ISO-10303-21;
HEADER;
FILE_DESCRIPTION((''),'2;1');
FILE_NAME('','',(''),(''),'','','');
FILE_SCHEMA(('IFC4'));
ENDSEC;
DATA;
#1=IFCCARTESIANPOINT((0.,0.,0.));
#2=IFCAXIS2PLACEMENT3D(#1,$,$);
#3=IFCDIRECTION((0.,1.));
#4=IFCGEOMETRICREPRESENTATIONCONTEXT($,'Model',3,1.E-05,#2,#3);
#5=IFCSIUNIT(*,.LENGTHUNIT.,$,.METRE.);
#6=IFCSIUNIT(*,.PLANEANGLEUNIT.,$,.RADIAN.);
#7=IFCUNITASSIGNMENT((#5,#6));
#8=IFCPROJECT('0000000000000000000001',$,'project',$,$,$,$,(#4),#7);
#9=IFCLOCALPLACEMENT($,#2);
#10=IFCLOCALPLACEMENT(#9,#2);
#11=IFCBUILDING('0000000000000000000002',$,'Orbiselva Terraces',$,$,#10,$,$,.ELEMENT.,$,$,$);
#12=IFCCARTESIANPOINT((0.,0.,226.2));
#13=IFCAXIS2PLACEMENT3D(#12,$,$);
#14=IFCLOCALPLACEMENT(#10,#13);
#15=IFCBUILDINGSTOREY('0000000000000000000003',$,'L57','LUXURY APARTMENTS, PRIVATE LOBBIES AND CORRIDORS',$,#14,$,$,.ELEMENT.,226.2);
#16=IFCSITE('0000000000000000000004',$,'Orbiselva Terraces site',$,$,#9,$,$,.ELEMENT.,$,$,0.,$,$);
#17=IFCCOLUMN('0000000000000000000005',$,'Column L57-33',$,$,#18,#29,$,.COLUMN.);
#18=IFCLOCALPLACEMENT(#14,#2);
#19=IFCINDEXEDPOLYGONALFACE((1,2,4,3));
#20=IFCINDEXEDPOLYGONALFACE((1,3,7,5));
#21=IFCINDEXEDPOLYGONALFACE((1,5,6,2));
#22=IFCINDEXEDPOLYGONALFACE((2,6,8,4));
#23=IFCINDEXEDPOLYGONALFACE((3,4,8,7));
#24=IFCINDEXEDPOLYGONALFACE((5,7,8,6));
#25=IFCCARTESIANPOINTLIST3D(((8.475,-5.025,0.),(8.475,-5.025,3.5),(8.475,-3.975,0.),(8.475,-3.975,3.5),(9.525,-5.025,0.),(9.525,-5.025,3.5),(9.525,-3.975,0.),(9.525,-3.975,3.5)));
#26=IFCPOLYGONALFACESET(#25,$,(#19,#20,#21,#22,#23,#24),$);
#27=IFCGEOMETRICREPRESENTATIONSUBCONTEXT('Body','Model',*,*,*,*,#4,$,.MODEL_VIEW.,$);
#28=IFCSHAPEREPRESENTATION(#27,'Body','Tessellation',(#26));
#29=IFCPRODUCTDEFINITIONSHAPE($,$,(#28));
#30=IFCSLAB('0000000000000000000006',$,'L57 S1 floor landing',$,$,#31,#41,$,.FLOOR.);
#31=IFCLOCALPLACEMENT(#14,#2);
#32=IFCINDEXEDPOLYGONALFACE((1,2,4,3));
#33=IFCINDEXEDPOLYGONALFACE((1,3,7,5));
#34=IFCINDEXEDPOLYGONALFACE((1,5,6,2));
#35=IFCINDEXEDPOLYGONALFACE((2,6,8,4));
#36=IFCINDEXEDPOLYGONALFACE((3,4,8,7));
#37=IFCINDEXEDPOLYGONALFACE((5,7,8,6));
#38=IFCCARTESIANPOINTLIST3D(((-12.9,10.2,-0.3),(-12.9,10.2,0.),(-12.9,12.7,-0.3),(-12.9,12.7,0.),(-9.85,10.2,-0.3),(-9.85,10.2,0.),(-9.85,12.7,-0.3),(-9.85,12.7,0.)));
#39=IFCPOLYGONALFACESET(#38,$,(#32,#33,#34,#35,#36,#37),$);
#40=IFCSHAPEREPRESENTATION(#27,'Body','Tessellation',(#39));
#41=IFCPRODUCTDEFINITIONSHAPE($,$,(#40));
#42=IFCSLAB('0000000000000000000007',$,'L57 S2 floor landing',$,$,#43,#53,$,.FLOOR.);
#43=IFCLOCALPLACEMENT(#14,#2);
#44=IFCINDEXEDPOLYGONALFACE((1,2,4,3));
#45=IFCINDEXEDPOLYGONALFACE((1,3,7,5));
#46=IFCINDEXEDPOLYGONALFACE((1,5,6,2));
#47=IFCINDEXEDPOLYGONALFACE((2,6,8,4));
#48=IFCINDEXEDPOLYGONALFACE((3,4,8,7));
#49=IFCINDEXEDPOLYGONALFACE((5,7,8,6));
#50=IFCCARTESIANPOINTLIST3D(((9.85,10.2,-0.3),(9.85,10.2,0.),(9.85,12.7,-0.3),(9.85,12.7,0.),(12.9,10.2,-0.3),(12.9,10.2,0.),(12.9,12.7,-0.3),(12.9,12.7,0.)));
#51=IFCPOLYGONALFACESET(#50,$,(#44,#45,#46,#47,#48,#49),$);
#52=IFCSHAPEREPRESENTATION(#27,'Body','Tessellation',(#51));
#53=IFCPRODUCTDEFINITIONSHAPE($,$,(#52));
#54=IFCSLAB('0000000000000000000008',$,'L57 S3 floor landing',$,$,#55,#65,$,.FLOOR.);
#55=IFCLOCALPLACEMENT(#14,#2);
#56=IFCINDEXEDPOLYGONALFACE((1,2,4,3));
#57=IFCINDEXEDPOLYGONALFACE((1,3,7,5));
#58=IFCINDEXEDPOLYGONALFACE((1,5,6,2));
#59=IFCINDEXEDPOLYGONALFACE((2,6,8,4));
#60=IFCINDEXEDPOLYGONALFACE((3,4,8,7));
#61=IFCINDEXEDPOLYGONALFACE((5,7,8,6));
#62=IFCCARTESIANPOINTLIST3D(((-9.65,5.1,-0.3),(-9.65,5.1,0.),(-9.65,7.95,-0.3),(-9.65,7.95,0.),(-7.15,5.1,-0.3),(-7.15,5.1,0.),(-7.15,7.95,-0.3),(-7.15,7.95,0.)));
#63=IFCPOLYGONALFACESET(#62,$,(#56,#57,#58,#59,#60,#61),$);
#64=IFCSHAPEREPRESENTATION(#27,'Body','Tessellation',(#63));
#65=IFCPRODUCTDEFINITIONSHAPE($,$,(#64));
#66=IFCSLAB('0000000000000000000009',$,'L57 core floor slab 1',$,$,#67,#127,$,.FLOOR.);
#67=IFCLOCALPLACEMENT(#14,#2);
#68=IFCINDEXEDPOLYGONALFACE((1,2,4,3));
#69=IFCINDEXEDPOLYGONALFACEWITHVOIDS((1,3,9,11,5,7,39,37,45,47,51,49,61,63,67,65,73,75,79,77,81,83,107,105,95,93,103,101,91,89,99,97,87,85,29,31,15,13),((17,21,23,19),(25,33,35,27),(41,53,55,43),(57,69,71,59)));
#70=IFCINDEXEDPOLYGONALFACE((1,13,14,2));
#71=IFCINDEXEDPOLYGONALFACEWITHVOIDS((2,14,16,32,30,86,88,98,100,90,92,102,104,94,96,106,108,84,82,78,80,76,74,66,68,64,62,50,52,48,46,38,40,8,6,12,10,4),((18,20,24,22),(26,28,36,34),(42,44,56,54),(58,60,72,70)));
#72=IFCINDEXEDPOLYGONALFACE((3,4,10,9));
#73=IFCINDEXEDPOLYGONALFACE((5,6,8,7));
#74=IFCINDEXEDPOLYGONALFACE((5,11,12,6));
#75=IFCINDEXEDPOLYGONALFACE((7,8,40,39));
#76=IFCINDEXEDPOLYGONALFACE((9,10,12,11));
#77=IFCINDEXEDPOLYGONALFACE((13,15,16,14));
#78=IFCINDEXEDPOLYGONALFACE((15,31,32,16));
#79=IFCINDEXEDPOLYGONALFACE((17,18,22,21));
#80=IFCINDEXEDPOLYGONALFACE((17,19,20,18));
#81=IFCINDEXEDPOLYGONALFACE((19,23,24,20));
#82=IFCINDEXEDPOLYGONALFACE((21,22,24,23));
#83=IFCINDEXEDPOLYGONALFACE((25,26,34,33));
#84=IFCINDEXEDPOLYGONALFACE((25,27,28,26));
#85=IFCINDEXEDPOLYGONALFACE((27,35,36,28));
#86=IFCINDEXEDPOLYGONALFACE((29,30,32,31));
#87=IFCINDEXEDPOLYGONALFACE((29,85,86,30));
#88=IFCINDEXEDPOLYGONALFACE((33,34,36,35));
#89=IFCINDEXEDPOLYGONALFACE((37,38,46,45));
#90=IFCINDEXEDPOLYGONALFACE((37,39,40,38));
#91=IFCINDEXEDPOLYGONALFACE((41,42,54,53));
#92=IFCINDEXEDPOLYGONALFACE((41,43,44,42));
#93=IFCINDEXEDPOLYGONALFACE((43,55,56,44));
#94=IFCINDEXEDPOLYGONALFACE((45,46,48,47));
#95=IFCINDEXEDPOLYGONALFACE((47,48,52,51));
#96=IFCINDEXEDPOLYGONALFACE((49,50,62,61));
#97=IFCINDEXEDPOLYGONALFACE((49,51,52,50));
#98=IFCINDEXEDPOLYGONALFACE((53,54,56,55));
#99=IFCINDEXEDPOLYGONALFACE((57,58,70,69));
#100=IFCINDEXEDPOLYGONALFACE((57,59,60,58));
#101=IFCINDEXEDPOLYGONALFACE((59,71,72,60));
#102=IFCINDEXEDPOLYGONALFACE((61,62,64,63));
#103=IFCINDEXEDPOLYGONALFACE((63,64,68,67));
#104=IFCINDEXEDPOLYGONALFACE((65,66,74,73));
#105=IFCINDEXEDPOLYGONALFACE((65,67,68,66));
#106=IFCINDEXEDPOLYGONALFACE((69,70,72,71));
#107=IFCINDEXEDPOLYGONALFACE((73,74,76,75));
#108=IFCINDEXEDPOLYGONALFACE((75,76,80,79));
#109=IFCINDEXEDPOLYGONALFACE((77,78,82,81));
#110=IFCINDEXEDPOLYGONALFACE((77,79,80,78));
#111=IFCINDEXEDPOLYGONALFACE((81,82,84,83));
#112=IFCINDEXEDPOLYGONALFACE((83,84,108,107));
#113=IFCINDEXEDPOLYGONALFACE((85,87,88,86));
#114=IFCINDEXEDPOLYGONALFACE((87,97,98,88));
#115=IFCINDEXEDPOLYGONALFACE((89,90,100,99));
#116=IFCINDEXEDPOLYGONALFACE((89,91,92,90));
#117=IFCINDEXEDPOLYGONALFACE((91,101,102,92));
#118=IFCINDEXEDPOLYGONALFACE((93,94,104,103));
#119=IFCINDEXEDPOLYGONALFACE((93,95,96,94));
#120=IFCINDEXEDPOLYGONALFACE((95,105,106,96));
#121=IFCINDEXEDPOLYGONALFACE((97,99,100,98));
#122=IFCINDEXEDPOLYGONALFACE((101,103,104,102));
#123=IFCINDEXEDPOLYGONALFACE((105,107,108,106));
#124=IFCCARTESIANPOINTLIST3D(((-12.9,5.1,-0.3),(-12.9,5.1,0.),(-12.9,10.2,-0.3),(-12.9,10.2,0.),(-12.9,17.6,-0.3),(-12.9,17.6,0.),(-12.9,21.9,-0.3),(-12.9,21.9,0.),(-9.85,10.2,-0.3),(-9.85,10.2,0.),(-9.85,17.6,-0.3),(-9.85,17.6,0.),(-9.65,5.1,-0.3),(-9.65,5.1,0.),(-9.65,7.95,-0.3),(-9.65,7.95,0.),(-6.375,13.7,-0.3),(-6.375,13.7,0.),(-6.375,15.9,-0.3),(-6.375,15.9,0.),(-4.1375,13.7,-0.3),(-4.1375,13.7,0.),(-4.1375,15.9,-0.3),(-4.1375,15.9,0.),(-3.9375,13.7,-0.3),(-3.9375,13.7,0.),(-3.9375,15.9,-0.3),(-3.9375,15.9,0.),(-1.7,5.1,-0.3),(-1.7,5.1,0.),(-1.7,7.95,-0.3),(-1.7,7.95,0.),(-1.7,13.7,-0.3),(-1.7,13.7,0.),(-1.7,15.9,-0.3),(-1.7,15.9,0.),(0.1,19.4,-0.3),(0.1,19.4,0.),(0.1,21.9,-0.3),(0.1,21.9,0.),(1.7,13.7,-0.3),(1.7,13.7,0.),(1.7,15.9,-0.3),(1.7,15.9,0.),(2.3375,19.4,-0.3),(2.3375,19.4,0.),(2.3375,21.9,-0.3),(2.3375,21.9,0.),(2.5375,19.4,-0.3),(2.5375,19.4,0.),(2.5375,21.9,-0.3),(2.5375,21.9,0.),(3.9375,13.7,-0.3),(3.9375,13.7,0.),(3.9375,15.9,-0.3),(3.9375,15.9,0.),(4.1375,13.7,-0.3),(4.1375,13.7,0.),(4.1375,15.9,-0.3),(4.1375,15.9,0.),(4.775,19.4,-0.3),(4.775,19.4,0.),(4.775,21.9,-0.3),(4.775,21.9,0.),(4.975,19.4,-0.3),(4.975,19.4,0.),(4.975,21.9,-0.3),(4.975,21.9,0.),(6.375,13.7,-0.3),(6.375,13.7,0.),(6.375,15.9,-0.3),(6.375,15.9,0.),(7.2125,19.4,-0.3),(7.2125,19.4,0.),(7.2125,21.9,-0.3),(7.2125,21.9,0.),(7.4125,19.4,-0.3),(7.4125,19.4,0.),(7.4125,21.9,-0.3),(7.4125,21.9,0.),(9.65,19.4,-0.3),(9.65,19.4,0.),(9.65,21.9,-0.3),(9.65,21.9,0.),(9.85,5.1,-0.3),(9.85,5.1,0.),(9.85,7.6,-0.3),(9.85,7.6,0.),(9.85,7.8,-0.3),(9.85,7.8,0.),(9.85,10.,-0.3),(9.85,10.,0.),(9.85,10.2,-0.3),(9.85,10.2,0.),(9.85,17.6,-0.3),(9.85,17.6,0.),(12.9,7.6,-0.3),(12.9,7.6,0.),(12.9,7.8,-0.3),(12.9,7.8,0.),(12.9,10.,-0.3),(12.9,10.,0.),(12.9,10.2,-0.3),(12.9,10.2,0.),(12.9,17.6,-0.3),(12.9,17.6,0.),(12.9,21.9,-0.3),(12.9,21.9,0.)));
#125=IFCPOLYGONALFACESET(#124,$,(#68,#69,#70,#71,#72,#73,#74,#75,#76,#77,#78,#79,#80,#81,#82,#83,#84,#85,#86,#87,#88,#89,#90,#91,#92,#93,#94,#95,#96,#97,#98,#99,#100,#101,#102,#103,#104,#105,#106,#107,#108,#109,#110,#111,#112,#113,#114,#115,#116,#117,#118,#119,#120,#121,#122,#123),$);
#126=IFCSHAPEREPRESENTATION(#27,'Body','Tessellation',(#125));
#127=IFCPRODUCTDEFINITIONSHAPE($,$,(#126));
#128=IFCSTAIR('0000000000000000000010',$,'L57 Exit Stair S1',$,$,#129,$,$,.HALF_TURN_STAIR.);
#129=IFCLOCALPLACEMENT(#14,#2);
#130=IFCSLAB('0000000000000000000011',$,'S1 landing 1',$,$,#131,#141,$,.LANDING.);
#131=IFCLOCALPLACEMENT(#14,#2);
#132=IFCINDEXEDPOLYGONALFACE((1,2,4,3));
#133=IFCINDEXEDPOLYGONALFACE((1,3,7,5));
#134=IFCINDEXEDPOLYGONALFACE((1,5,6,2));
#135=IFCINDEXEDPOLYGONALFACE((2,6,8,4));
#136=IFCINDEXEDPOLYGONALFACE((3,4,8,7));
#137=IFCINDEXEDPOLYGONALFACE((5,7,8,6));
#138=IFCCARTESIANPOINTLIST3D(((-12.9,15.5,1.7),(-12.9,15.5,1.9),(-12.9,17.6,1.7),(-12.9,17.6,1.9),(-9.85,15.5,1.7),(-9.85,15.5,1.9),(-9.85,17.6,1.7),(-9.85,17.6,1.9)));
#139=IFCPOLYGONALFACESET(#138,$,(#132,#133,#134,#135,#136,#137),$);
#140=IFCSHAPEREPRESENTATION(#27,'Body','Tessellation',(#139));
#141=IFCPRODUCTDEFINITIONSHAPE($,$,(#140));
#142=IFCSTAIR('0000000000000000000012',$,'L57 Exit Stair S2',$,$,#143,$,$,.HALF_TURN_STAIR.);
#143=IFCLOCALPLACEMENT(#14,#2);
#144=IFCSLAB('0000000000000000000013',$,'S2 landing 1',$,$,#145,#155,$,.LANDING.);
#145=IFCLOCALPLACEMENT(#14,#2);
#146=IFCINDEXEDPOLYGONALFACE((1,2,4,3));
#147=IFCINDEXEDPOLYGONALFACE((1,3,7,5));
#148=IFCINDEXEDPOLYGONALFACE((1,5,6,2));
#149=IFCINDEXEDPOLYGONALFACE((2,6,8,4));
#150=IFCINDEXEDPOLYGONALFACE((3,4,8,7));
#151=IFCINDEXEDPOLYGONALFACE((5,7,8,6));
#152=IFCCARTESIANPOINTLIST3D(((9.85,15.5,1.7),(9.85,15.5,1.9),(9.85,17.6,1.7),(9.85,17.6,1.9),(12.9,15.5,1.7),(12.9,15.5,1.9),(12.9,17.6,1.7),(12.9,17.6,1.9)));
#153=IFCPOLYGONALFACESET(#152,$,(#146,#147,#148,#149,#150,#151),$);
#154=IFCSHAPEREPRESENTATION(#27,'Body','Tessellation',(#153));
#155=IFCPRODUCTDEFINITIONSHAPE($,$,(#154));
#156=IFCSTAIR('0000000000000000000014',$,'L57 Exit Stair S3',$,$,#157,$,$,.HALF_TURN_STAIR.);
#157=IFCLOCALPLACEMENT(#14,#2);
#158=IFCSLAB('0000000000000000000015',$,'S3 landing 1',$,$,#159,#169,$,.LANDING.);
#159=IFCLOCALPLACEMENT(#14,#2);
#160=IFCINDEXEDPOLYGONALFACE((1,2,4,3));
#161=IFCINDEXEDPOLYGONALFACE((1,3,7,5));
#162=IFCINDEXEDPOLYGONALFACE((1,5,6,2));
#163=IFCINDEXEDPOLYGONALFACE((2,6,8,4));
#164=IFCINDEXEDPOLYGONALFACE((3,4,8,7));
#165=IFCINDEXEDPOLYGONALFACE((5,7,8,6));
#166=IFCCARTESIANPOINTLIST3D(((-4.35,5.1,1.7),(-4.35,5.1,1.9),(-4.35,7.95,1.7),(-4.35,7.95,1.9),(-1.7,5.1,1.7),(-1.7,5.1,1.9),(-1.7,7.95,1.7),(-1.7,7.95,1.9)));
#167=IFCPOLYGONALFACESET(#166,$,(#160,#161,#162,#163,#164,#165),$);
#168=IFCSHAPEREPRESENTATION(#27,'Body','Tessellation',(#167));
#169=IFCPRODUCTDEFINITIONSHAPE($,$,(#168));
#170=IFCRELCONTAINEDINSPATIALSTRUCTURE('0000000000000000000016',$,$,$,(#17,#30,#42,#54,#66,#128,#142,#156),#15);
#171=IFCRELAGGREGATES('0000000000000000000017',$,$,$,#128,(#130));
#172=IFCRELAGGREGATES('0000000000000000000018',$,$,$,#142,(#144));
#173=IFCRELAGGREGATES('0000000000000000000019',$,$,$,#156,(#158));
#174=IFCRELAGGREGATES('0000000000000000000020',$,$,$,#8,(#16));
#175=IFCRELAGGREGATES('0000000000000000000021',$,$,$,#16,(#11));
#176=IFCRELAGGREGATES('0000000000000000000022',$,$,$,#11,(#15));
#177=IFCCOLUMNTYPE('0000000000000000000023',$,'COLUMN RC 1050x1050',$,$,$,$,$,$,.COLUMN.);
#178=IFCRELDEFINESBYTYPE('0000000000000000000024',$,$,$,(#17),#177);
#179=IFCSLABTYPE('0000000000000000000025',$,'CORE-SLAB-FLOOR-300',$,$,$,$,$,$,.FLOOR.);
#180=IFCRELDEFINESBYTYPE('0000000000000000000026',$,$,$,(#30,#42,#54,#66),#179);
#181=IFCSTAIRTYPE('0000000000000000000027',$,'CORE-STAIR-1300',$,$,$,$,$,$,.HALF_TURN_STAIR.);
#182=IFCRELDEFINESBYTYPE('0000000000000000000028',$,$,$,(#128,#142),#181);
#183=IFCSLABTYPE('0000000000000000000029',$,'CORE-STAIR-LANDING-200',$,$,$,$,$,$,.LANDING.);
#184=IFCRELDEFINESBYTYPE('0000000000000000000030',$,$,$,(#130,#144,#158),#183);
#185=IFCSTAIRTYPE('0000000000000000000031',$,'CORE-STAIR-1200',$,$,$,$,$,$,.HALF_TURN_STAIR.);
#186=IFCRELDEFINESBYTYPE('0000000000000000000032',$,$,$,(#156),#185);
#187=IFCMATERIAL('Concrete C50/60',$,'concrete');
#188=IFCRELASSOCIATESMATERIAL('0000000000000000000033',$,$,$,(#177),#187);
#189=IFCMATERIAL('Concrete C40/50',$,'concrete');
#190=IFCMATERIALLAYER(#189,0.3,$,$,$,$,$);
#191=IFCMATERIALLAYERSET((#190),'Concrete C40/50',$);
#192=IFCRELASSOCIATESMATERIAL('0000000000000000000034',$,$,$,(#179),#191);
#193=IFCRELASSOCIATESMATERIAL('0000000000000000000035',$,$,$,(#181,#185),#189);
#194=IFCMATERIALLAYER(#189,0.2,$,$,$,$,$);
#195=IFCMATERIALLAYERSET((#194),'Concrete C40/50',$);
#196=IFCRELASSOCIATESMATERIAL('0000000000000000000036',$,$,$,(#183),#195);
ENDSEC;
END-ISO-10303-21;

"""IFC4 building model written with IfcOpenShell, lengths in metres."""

from ifc_helpers import new_model, si_unit, direction, frame, origin, origin_2d, place, context, subcontext, project, spatial, polyline, rectangle, outline, extrude, material, layer, layer_set, material_profile, profile_set, type_object, element, aggregate, save


model = new_model("IFC4")

# Units and contexts
model_context = context("Model", 3, precision=1e-05, world=origin(), true_north=direction((0.0, 1.0)))
body_context = subcontext(model_context, "Body", "Model", "MODEL_VIEW")
ifc_project = project(units=[si_unit("LENGTHUNIT", "METRE"), si_unit("PLANEANGLEUNIT", "RADIAN")], contexts=[model_context])

# Site, building, storey
site_placement = place(None, origin())
site = spatial("IfcSite", under=ifc_project, at=site_placement, Name="Orbiselva Terraces site", CompositionType="ELEMENT", RefElevation=0.0)
building_placement = place(site_placement, origin())
building = spatial("IfcBuilding", under=site, at=building_placement, Name="Orbiselva Terraces", CompositionType="ELEMENT")
storey_placement = place(building_placement, frame((0.0, 0.0, 226.2)))
storey = spatial("IfcBuildingStorey", under=building, at=storey_placement, Name="L57", Description="LUXURY APARTMENTS, PRIVATE LOBBIES AND CORRIDORS", CompositionType="ELEMENT", Elevation=226.2)

# Column
ifc_material_1 = material(Name="Concrete C50/60", Category="concrete")
ifc_material_profile = material_profile(ifc_material_1, rectangle(XDim=1.05, YDim=1.05, at=origin_2d()), Name="RC 1050x1050")
ifc_profile_set = profile_set([ifc_material_profile], Name="Concrete C50/60")
column_type = type_object("IfcColumnType", Name="COLUMN RC 1050x1050", PredefinedType="COLUMN", material=ifc_profile_set)
column_placement = place(storey_placement, frame((9.0, -4.5, 0.0), z_axis=(0.0, 0.0, 1.0), x_axis=(1.0, 0.0, 0.0)))
element("IfcColumn", 1, at=column_placement, inside=storey, type_object=column_type, Name="Column L57-33", PredefinedType="COLUMN", context=body_context, shape_type="SweptSolid", body=[
    extrude(rectangle(XDim=1.05, YDim=1.05, at=origin_2d()), origin(), (0.0, 0.0, 1.0), 3.5),
])

# Slabs
ifc_material_2 = material(Name="Concrete C40/50", Category="concrete")
ifc_layer_1 = layer(ifc_material_2, 0.3)
ifc_layer_set_1 = layer_set([ifc_layer_1], Name="Concrete C40/50")
slab_type_1 = type_object("IfcSlabType", Name="CORE-SLAB-FLOOR-300", PredefinedType="FLOOR", material=ifc_layer_set_1)
slab_1_placement = place(storey_placement, frame((0.0, 0.0, -0.3)))
element("IfcSlab", 2, at=slab_1_placement, inside=storey, type_object=slab_type_1, Name="L57 S1 floor landing", PredefinedType="FLOOR", context=body_context, shape_type="SweptSolid", body=[
    extrude(outline(polyline([(-12.9, 12.7), (-9.85, 12.7), (-9.85, 10.2), (-12.9, 10.2), (-12.9, 12.7)])), origin(), (0.0, 0.0, 1.0), 0.3),
])
slab_2_placement = place(storey_placement, frame((0.0, 0.0, -0.3)))
element("IfcSlab", 3, at=slab_2_placement, inside=storey, type_object=slab_type_1, Name="L57 S2 floor landing", PredefinedType="FLOOR", context=body_context, shape_type="SweptSolid", body=[
    extrude(outline(polyline([(12.9, 12.7), (12.9, 10.2), (9.85, 10.2), (9.85, 12.7), (12.9, 12.7)])), origin(), (0.0, 0.0, 1.0), 0.3),
])
slab_3_placement = place(storey_placement, frame((0.0, 0.0, -0.3)))
element("IfcSlab", 4, at=slab_3_placement, inside=storey, type_object=slab_type_1, Name="L57 S3 floor landing", PredefinedType="FLOOR", context=body_context, shape_type="SweptSolid", body=[
    extrude(outline(polyline([(-7.15, 5.1), (-9.65, 5.1), (-9.65, 7.95), (-7.15, 7.95), (-7.15, 5.1)])), origin(), (0.0, 0.0, 1.0), 0.3),
])
slab_4_placement = place(storey_placement, frame((0.0, 0.0, -0.3)))
element("IfcSlab", 5, at=slab_4_placement, inside=storey, type_object=slab_type_1, Name="L57 core floor slab 1", PredefinedType="FLOOR", context=body_context, shape_type="SweptSolid", body=[
    extrude(outline(polyline([(-1.7, 5.1), (-1.7, 7.95), (-9.65, 7.95), (-9.65, 5.1), (-12.9, 5.1), (-12.9, 10.2), (-9.85, 10.2), (-9.85, 17.6), (-12.9, 17.6), (-12.9, 21.9), (0.1, 21.9), (0.1, 19.4), (2.3375, 19.4), (2.3375, 21.9), (2.5375, 21.9), (2.5375, 19.4), (4.775, 19.4), (4.775, 21.9), (4.975, 21.9), (4.975, 19.4), (7.2125, 19.4), (7.2125, 21.9), (7.4125, 21.9), (7.4125, 19.4), (9.65, 19.4), (9.65, 21.9), (12.9, 21.9), (12.9, 17.6), (9.85, 17.6), (9.85, 10.2), (12.9, 10.2), (12.9, 10.0), (9.85, 10.0), (9.85, 7.8), (12.9, 7.8), (12.9, 7.6), (9.85, 7.6), (9.85, 5.1), (-1.7, 5.1)]), holes=[polyline([(-4.1375, 13.7), (-4.1375, 15.9), (-6.375, 15.9), (-6.375, 13.7), (-4.1375, 13.7)]), polyline([(-1.7, 13.7), (-1.7, 15.9), (-3.9375, 15.9), (-3.9375, 13.7), (-1.7, 13.7)]), polyline([(3.9375, 15.9), (1.7, 15.9), (1.7, 13.7), (3.9375, 13.7), (3.9375, 15.9)]), polyline([(6.375, 13.7), (6.375, 15.9), (4.1375, 15.9), (4.1375, 13.7), (6.375, 13.7)])]), origin(), (0.0, 0.0, 1.0), 0.3),
])

# Stairs, slabs
stair_type_1 = type_object("IfcStairType", Name="CORE-STAIR-1300", PredefinedType="HALF_TURN_STAIR", material=ifc_material_2)
stair_1_placement = place(storey_placement, origin())
stair_1 = element("IfcStair", 6, at=stair_1_placement, inside=storey, type_object=stair_type_1, Name="L57 Exit Stair S1", PredefinedType="HALF_TURN_STAIR")
ifc_layer_2 = layer(ifc_material_2, 0.2)
ifc_layer_set_2 = layer_set([ifc_layer_2], Name="Concrete C40/50")
slab_type_2 = type_object("IfcSlabType", Name="CORE-STAIR-LANDING-200", PredefinedType="LANDING", material=ifc_layer_set_2)
slab_5_placement = place(storey_placement, frame((0.0, 0.0, 1.7)))
slab_5 = element("IfcSlab", 7, at=slab_5_placement, type_object=slab_type_2, Name="S1 landing 1", PredefinedType="LANDING", context=body_context, shape_type="SweptSolid", body=[
    extrude(outline(polyline([(-9.85, 15.5), (-9.85, 17.6), (-12.9, 17.6), (-12.9, 15.5), (-9.85, 15.5)])), origin(), (0.0, 0.0, 1.0), 0.2),
])
aggregate(stair_1, [slab_5])
stair_2_placement = place(storey_placement, origin())
stair_2 = element("IfcStair", 8, at=stair_2_placement, inside=storey, type_object=stair_type_1, Name="L57 Exit Stair S2", PredefinedType="HALF_TURN_STAIR")
slab_6_placement = place(storey_placement, frame((0.0, 0.0, 1.7)))
slab_6 = element("IfcSlab", 9, at=slab_6_placement, type_object=slab_type_2, Name="S2 landing 1", PredefinedType="LANDING", context=body_context, shape_type="SweptSolid", body=[
    extrude(outline(polyline([(12.9, 15.5), (12.9, 17.6), (9.85, 17.6), (9.85, 15.5), (12.9, 15.5)])), origin(), (0.0, 0.0, 1.0), 0.2),
])
aggregate(stair_2, [slab_6])
stair_type_2 = type_object("IfcStairType", Name="CORE-STAIR-1200", PredefinedType="HALF_TURN_STAIR", material=ifc_material_2)
stair_3_placement = place(storey_placement, origin())
stair_3 = element("IfcStair", 10, at=stair_3_placement, inside=storey, type_object=stair_type_2, Name="L57 Exit Stair S3", PredefinedType="HALF_TURN_STAIR")
slab_7_placement = place(storey_placement, frame((0.0, 0.0, 1.7)))
slab_7 = element("IfcSlab", 11, at=slab_7_placement, type_object=slab_type_2, Name="S3 landing 1", PredefinedType="LANDING", context=body_context, shape_type="SweptSolid", body=[
    extrude(outline(polyline([(-4.35, 5.1), (-1.7, 5.1), (-1.7, 7.95), (-4.35, 7.95), (-4.35, 5.1)])), origin(), (0.0, 0.0, 1.0), 0.2),
])
aggregate(stair_3, [slab_7])

save(model, "model.ifc")
